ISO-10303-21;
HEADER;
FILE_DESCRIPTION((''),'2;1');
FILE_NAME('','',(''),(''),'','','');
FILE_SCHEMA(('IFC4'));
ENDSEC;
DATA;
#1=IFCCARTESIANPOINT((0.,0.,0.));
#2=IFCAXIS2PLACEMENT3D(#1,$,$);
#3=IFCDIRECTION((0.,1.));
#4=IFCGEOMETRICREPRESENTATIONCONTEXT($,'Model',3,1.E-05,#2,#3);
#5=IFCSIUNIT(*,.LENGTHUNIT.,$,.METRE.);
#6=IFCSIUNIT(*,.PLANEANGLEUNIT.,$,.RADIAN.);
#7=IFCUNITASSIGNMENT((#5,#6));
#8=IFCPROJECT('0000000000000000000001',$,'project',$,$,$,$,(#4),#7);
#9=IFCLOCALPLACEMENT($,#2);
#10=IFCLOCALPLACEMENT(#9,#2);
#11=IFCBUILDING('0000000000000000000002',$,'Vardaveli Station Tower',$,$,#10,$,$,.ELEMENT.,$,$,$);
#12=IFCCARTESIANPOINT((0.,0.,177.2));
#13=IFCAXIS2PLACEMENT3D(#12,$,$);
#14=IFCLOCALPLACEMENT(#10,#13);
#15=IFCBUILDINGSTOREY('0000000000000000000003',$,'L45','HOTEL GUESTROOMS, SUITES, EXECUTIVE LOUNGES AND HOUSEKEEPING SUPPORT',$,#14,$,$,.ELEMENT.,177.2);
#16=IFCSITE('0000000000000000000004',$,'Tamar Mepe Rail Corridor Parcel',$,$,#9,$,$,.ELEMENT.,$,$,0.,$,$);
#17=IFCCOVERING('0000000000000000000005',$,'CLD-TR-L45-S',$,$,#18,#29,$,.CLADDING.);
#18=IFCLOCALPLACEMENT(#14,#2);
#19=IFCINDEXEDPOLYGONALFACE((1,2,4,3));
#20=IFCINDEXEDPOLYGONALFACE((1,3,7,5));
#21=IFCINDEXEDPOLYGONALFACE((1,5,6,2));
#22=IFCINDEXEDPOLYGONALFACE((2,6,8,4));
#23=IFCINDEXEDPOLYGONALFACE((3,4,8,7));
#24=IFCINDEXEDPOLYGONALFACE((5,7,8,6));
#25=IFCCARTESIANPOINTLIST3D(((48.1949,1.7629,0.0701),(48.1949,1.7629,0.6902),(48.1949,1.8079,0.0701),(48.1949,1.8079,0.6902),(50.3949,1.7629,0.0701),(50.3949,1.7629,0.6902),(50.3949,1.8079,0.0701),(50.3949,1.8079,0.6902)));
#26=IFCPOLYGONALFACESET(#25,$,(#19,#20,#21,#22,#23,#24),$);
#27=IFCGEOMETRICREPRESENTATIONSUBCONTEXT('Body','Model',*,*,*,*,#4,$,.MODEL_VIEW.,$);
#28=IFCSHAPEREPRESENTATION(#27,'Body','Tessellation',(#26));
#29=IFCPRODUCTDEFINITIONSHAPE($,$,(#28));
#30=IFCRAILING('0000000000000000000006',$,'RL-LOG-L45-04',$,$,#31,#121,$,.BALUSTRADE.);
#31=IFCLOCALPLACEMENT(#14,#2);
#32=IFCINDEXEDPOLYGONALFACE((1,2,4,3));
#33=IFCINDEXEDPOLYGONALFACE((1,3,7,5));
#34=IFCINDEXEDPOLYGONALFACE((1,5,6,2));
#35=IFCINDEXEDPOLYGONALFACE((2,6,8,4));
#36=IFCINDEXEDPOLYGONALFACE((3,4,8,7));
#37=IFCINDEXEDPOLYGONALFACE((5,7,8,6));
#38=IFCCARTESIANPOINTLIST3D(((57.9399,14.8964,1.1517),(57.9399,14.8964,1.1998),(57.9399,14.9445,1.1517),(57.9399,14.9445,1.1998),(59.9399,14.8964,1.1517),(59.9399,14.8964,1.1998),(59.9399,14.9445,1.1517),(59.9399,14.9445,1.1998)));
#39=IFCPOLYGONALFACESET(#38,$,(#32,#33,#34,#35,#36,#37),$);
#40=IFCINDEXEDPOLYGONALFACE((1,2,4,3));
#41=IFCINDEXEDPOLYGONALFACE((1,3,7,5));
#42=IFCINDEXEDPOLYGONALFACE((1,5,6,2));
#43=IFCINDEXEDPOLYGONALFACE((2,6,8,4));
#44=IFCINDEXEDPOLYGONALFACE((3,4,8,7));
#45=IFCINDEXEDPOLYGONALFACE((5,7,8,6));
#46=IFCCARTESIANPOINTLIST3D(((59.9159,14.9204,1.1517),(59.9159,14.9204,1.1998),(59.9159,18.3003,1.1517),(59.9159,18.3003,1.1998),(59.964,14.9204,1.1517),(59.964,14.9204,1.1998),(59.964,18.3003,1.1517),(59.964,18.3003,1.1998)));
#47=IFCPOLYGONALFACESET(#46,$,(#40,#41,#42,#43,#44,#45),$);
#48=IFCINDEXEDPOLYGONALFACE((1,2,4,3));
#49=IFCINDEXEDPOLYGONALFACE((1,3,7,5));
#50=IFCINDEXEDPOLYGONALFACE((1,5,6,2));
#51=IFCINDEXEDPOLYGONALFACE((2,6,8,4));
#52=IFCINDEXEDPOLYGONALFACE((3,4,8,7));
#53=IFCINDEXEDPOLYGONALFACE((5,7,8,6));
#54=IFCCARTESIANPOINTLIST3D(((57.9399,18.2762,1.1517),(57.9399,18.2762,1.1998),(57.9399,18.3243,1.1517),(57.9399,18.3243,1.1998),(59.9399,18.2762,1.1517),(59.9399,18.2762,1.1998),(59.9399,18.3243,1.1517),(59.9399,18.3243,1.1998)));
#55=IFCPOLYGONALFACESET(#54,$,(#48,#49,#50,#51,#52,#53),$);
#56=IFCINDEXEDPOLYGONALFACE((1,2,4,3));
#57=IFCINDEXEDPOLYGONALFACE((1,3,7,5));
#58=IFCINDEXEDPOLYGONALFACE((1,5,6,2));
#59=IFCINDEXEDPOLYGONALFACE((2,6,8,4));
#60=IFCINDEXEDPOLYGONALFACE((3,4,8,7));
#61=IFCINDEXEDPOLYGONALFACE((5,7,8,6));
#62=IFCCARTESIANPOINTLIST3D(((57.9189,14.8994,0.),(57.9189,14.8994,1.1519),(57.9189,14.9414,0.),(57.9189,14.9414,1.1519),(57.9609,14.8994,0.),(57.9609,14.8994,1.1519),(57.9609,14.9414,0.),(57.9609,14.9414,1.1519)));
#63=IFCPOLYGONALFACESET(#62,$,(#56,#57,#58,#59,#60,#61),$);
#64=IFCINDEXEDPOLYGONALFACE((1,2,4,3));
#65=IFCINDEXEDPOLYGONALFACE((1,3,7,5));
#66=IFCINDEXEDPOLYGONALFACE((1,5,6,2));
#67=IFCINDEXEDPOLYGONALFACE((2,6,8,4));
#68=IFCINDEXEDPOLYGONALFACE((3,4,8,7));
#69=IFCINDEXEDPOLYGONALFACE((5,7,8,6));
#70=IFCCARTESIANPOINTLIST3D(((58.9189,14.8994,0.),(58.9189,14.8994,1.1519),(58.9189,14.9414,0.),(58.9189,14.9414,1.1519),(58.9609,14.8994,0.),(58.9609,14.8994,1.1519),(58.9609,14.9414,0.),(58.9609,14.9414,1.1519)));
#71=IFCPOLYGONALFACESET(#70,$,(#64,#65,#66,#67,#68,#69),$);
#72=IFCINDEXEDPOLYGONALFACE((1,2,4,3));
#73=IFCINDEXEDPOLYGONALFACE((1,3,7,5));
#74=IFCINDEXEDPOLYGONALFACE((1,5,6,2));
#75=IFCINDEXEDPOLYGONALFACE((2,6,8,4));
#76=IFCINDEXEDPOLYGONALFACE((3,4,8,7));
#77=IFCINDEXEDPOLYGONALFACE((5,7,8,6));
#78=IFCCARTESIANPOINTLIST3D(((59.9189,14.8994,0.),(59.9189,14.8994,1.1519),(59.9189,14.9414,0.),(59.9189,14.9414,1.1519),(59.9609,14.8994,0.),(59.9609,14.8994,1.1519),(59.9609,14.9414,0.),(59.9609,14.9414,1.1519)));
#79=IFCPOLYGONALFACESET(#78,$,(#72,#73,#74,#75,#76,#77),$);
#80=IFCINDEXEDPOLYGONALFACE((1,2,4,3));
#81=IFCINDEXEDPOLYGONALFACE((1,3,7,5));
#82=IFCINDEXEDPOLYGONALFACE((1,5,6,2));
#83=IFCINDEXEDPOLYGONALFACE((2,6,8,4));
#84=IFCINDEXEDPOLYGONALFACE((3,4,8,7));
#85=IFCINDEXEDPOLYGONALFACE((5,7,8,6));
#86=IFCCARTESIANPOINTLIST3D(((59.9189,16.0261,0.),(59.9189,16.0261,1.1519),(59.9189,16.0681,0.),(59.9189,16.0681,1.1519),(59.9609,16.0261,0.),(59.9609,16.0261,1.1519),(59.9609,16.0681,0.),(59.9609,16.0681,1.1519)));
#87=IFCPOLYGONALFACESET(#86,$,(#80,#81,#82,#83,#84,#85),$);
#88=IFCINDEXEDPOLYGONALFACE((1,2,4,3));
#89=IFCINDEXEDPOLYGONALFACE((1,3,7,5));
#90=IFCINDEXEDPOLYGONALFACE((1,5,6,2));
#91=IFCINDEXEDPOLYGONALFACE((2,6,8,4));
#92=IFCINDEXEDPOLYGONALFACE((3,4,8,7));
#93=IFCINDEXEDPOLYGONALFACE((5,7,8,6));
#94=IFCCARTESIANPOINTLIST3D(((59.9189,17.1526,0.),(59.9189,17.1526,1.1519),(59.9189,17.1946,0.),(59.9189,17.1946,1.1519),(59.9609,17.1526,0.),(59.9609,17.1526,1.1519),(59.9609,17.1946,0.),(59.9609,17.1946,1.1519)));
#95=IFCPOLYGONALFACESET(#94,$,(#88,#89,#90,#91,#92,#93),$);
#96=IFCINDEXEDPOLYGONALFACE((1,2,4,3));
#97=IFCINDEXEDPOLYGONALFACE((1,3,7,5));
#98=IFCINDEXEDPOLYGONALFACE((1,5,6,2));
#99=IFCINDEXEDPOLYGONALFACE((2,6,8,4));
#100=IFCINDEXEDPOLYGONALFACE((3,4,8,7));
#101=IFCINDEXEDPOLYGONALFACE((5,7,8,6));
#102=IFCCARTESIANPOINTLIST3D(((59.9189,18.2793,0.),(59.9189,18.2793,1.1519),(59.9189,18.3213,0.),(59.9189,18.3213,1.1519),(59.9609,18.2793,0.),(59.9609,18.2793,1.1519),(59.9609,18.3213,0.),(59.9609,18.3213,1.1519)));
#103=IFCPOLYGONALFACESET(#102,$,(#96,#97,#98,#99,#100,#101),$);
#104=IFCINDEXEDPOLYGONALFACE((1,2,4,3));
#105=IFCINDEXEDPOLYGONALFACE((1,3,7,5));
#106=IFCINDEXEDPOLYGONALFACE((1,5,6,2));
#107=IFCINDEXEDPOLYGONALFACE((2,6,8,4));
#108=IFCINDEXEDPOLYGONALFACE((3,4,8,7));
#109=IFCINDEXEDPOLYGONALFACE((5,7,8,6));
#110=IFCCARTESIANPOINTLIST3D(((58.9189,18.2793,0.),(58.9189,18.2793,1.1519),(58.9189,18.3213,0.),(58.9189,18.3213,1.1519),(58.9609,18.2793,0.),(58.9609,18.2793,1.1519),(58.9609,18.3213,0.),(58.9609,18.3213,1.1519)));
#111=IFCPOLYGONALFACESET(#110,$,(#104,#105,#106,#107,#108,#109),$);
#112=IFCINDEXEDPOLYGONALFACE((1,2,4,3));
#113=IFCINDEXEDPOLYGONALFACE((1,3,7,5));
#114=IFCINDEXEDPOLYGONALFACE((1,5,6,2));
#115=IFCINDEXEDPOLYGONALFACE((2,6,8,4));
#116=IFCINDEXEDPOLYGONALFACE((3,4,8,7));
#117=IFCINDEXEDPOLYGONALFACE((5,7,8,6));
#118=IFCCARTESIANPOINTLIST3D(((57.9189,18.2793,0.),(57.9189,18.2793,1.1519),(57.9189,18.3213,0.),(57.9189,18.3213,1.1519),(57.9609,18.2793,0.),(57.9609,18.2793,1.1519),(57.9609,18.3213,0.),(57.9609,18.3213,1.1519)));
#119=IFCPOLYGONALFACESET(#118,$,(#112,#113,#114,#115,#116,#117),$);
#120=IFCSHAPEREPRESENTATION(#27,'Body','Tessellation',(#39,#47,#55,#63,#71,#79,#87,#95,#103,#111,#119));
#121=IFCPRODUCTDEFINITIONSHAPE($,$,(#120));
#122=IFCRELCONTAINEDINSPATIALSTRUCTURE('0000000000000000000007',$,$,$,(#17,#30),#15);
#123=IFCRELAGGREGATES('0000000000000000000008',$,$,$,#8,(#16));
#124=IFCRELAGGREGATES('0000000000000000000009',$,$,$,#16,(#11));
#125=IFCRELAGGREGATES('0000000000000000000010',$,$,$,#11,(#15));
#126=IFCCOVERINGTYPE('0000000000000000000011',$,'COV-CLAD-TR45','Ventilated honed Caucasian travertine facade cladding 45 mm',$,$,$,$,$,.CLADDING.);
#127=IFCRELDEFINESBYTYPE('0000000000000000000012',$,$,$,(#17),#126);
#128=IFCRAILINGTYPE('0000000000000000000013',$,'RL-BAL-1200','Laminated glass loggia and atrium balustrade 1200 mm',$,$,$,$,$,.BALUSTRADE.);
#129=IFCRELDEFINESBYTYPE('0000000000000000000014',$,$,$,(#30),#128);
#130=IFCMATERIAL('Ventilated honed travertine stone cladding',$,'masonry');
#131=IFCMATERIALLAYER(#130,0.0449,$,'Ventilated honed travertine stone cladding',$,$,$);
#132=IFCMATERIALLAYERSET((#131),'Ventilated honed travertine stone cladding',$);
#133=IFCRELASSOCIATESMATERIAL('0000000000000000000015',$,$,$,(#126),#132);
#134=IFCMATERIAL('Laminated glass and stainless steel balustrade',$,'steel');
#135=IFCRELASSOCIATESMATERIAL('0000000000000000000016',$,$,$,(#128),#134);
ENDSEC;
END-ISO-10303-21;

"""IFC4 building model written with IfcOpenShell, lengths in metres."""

from ifc_helpers import new_model, si_unit, direction, frame, origin, origin_2d, place, context, subcontext, project, spatial, rectangle, extrude, source, transform, mapped, material, layer, layer_set, type_object, element, save


model = new_model("IFC4")

# Units and contexts
model_context = context("Model", 3, precision=1e-05, world=origin(), true_north=direction((0.0, 1.0)))
body_context = subcontext(model_context, "Body", "Model", "MODEL_VIEW")
ifc_project = project(units=[si_unit("LENGTHUNIT", "METRE"), si_unit("PLANEANGLEUNIT", "RADIAN")], contexts=[model_context])

# Site, building, storey
site_placement = place(None, origin())
site = spatial("IfcSite", under=ifc_project, at=site_placement, Name="Tamar Mepe Rail Corridor Parcel", CompositionType="ELEMENT", RefElevation=0.0)
building_placement = place(site_placement, origin())
building = spatial("IfcBuilding", under=site, at=building_placement, Name="Vardaveli Station Tower", CompositionType="ELEMENT")
storey_placement = place(building_placement, frame((0.0, 0.0, 177.2)))
storey = spatial("IfcBuildingStorey", under=building, at=storey_placement, Name="L45", Description="HOTEL GUESTROOMS, SUITES, EXECUTIVE LOUNGES AND HOUSEKEEPING SUPPORT", CompositionType="ELEMENT", Elevation=177.2)

# Covering
ifc_material_1 = material(Name="Ventilated honed travertine stone cladding", Category="masonry")
ifc_layer_1 = layer(ifc_material_1, 0.0449, Name="Ventilated honed travertine stone cladding")
ifc_layer_set_1 = layer_set([ifc_layer_1], Name="Ventilated honed travertine stone cladding")
covering_type = type_object("IfcCoveringType", Name="COV-CLAD-TR45", Description="Ventilated honed Caucasian travertine facade cladding 45 mm", PredefinedType="CLADDING", material=ifc_layer_set_1)
shared_shape_1 = source(origin(), body_context, "Body", "SweptSolid", [
    extrude(rectangle(XDim=2.2, YDim=0.0449, at=origin_2d()), origin(), (0.0, 0.0, 1.0), 0.6201),
])
covering_placement = place(storey_placement, frame((49.2949, 1.7854, 0.0701), z_axis=(0.0, 0.0, 1.0), x_axis=(1.0, 0.0, 0.0)))
element("IfcCovering", 1, at=covering_placement, inside=storey, type_object=covering_type, Name="CLD-TR-L45-S", PredefinedType="CLADDING", context=body_context, shape_type="MappedRepresentation", body=[
    mapped(shared_shape_1, transform((0.0, 0.0, 0.0), scale=1.0)),
])

# Railing
ifc_material_2 = material(Name="Laminated glass and stainless steel balustrade", Category="steel")
railing_type = type_object("IfcRailingType", Name="RL-BAL-1200", Description="Laminated glass loggia and atrium balustrade 1200 mm", PredefinedType="BALUSTRADE", material=ifc_material_2)
shared_shape_2 = source(origin(), body_context, "Body", "SweptSolid", [
    extrude(rectangle(XDim=0.0481, YDim=0.0481, at=origin_2d()), frame((0.0, 0.0, 1.1758), z_axis=(1.0, 0.0, 0.0), x_axis=(0.0, 1.0, 0.0)), (0.0, 0.0, 1.0), 2.0),
    extrude(rectangle(XDim=0.0481, YDim=0.0481, at=origin_2d()), frame((2.0, 0.0, 1.1758), z_axis=(0.0, 1.0, 0.0), x_axis=(-1.0, 0.0, 0.0)), (0.0, 0.0, 1.0), 3.3799),
    extrude(rectangle(XDim=0.0481, YDim=0.0481, at=origin_2d()), frame((2.0, 3.3799, 1.1758), z_axis=(-1.0, 0.0, 0.0), x_axis=(0.0, -1.0, 0.0)), (0.0, 0.0, 1.0), 2.0),
    extrude(rectangle(XDim=0.042, YDim=0.042, at=origin_2d()), origin(), (0.0, 0.0, 1.0), 1.1519),
    extrude(rectangle(XDim=0.042, YDim=0.042, at=origin_2d()), frame((1.0, 0.0, 0.0)), (0.0, 0.0, 1.0), 1.1519),
    extrude(rectangle(XDim=0.042, YDim=0.042, at=origin_2d()), frame((2.0, 0.0, 0.0)), (0.0, 0.0, 1.0), 1.1519),
    extrude(rectangle(XDim=0.042, YDim=0.042, at=origin_2d()), frame((2.0, 1.1267, 0.0)), (0.0, 0.0, 1.0), 1.1519),
    extrude(rectangle(XDim=0.042, YDim=0.042, at=origin_2d()), frame((2.0, 2.2532, 0.0)), (0.0, 0.0, 1.0), 1.1519),
    extrude(rectangle(XDim=0.042, YDim=0.042, at=origin_2d()), frame((2.0, 3.3799, 0.0)), (0.0, 0.0, 1.0), 1.1519),
    extrude(rectangle(XDim=0.042, YDim=0.042, at=origin_2d()), frame((1.0, 3.3799, 0.0)), (0.0, 0.0, 1.0), 1.1519),
    extrude(rectangle(XDim=0.042, YDim=0.042, at=origin_2d()), frame((0.0, 3.3799, 0.0)), (0.0, 0.0, 1.0), 1.1519),
])
railing_placement = place(storey_placement, frame((57.9399, 14.9204, 0.0)))
element("IfcRailing", 2, at=railing_placement, inside=storey, type_object=railing_type, Name="RL-LOG-L45-04", PredefinedType="BALUSTRADE", context=body_context, shape_type="MappedRepresentation", body=[
    mapped(shared_shape_2, transform((0.0, 0.0, 0.0), scale=1.0)),
])

save(model, "model.ifc")
